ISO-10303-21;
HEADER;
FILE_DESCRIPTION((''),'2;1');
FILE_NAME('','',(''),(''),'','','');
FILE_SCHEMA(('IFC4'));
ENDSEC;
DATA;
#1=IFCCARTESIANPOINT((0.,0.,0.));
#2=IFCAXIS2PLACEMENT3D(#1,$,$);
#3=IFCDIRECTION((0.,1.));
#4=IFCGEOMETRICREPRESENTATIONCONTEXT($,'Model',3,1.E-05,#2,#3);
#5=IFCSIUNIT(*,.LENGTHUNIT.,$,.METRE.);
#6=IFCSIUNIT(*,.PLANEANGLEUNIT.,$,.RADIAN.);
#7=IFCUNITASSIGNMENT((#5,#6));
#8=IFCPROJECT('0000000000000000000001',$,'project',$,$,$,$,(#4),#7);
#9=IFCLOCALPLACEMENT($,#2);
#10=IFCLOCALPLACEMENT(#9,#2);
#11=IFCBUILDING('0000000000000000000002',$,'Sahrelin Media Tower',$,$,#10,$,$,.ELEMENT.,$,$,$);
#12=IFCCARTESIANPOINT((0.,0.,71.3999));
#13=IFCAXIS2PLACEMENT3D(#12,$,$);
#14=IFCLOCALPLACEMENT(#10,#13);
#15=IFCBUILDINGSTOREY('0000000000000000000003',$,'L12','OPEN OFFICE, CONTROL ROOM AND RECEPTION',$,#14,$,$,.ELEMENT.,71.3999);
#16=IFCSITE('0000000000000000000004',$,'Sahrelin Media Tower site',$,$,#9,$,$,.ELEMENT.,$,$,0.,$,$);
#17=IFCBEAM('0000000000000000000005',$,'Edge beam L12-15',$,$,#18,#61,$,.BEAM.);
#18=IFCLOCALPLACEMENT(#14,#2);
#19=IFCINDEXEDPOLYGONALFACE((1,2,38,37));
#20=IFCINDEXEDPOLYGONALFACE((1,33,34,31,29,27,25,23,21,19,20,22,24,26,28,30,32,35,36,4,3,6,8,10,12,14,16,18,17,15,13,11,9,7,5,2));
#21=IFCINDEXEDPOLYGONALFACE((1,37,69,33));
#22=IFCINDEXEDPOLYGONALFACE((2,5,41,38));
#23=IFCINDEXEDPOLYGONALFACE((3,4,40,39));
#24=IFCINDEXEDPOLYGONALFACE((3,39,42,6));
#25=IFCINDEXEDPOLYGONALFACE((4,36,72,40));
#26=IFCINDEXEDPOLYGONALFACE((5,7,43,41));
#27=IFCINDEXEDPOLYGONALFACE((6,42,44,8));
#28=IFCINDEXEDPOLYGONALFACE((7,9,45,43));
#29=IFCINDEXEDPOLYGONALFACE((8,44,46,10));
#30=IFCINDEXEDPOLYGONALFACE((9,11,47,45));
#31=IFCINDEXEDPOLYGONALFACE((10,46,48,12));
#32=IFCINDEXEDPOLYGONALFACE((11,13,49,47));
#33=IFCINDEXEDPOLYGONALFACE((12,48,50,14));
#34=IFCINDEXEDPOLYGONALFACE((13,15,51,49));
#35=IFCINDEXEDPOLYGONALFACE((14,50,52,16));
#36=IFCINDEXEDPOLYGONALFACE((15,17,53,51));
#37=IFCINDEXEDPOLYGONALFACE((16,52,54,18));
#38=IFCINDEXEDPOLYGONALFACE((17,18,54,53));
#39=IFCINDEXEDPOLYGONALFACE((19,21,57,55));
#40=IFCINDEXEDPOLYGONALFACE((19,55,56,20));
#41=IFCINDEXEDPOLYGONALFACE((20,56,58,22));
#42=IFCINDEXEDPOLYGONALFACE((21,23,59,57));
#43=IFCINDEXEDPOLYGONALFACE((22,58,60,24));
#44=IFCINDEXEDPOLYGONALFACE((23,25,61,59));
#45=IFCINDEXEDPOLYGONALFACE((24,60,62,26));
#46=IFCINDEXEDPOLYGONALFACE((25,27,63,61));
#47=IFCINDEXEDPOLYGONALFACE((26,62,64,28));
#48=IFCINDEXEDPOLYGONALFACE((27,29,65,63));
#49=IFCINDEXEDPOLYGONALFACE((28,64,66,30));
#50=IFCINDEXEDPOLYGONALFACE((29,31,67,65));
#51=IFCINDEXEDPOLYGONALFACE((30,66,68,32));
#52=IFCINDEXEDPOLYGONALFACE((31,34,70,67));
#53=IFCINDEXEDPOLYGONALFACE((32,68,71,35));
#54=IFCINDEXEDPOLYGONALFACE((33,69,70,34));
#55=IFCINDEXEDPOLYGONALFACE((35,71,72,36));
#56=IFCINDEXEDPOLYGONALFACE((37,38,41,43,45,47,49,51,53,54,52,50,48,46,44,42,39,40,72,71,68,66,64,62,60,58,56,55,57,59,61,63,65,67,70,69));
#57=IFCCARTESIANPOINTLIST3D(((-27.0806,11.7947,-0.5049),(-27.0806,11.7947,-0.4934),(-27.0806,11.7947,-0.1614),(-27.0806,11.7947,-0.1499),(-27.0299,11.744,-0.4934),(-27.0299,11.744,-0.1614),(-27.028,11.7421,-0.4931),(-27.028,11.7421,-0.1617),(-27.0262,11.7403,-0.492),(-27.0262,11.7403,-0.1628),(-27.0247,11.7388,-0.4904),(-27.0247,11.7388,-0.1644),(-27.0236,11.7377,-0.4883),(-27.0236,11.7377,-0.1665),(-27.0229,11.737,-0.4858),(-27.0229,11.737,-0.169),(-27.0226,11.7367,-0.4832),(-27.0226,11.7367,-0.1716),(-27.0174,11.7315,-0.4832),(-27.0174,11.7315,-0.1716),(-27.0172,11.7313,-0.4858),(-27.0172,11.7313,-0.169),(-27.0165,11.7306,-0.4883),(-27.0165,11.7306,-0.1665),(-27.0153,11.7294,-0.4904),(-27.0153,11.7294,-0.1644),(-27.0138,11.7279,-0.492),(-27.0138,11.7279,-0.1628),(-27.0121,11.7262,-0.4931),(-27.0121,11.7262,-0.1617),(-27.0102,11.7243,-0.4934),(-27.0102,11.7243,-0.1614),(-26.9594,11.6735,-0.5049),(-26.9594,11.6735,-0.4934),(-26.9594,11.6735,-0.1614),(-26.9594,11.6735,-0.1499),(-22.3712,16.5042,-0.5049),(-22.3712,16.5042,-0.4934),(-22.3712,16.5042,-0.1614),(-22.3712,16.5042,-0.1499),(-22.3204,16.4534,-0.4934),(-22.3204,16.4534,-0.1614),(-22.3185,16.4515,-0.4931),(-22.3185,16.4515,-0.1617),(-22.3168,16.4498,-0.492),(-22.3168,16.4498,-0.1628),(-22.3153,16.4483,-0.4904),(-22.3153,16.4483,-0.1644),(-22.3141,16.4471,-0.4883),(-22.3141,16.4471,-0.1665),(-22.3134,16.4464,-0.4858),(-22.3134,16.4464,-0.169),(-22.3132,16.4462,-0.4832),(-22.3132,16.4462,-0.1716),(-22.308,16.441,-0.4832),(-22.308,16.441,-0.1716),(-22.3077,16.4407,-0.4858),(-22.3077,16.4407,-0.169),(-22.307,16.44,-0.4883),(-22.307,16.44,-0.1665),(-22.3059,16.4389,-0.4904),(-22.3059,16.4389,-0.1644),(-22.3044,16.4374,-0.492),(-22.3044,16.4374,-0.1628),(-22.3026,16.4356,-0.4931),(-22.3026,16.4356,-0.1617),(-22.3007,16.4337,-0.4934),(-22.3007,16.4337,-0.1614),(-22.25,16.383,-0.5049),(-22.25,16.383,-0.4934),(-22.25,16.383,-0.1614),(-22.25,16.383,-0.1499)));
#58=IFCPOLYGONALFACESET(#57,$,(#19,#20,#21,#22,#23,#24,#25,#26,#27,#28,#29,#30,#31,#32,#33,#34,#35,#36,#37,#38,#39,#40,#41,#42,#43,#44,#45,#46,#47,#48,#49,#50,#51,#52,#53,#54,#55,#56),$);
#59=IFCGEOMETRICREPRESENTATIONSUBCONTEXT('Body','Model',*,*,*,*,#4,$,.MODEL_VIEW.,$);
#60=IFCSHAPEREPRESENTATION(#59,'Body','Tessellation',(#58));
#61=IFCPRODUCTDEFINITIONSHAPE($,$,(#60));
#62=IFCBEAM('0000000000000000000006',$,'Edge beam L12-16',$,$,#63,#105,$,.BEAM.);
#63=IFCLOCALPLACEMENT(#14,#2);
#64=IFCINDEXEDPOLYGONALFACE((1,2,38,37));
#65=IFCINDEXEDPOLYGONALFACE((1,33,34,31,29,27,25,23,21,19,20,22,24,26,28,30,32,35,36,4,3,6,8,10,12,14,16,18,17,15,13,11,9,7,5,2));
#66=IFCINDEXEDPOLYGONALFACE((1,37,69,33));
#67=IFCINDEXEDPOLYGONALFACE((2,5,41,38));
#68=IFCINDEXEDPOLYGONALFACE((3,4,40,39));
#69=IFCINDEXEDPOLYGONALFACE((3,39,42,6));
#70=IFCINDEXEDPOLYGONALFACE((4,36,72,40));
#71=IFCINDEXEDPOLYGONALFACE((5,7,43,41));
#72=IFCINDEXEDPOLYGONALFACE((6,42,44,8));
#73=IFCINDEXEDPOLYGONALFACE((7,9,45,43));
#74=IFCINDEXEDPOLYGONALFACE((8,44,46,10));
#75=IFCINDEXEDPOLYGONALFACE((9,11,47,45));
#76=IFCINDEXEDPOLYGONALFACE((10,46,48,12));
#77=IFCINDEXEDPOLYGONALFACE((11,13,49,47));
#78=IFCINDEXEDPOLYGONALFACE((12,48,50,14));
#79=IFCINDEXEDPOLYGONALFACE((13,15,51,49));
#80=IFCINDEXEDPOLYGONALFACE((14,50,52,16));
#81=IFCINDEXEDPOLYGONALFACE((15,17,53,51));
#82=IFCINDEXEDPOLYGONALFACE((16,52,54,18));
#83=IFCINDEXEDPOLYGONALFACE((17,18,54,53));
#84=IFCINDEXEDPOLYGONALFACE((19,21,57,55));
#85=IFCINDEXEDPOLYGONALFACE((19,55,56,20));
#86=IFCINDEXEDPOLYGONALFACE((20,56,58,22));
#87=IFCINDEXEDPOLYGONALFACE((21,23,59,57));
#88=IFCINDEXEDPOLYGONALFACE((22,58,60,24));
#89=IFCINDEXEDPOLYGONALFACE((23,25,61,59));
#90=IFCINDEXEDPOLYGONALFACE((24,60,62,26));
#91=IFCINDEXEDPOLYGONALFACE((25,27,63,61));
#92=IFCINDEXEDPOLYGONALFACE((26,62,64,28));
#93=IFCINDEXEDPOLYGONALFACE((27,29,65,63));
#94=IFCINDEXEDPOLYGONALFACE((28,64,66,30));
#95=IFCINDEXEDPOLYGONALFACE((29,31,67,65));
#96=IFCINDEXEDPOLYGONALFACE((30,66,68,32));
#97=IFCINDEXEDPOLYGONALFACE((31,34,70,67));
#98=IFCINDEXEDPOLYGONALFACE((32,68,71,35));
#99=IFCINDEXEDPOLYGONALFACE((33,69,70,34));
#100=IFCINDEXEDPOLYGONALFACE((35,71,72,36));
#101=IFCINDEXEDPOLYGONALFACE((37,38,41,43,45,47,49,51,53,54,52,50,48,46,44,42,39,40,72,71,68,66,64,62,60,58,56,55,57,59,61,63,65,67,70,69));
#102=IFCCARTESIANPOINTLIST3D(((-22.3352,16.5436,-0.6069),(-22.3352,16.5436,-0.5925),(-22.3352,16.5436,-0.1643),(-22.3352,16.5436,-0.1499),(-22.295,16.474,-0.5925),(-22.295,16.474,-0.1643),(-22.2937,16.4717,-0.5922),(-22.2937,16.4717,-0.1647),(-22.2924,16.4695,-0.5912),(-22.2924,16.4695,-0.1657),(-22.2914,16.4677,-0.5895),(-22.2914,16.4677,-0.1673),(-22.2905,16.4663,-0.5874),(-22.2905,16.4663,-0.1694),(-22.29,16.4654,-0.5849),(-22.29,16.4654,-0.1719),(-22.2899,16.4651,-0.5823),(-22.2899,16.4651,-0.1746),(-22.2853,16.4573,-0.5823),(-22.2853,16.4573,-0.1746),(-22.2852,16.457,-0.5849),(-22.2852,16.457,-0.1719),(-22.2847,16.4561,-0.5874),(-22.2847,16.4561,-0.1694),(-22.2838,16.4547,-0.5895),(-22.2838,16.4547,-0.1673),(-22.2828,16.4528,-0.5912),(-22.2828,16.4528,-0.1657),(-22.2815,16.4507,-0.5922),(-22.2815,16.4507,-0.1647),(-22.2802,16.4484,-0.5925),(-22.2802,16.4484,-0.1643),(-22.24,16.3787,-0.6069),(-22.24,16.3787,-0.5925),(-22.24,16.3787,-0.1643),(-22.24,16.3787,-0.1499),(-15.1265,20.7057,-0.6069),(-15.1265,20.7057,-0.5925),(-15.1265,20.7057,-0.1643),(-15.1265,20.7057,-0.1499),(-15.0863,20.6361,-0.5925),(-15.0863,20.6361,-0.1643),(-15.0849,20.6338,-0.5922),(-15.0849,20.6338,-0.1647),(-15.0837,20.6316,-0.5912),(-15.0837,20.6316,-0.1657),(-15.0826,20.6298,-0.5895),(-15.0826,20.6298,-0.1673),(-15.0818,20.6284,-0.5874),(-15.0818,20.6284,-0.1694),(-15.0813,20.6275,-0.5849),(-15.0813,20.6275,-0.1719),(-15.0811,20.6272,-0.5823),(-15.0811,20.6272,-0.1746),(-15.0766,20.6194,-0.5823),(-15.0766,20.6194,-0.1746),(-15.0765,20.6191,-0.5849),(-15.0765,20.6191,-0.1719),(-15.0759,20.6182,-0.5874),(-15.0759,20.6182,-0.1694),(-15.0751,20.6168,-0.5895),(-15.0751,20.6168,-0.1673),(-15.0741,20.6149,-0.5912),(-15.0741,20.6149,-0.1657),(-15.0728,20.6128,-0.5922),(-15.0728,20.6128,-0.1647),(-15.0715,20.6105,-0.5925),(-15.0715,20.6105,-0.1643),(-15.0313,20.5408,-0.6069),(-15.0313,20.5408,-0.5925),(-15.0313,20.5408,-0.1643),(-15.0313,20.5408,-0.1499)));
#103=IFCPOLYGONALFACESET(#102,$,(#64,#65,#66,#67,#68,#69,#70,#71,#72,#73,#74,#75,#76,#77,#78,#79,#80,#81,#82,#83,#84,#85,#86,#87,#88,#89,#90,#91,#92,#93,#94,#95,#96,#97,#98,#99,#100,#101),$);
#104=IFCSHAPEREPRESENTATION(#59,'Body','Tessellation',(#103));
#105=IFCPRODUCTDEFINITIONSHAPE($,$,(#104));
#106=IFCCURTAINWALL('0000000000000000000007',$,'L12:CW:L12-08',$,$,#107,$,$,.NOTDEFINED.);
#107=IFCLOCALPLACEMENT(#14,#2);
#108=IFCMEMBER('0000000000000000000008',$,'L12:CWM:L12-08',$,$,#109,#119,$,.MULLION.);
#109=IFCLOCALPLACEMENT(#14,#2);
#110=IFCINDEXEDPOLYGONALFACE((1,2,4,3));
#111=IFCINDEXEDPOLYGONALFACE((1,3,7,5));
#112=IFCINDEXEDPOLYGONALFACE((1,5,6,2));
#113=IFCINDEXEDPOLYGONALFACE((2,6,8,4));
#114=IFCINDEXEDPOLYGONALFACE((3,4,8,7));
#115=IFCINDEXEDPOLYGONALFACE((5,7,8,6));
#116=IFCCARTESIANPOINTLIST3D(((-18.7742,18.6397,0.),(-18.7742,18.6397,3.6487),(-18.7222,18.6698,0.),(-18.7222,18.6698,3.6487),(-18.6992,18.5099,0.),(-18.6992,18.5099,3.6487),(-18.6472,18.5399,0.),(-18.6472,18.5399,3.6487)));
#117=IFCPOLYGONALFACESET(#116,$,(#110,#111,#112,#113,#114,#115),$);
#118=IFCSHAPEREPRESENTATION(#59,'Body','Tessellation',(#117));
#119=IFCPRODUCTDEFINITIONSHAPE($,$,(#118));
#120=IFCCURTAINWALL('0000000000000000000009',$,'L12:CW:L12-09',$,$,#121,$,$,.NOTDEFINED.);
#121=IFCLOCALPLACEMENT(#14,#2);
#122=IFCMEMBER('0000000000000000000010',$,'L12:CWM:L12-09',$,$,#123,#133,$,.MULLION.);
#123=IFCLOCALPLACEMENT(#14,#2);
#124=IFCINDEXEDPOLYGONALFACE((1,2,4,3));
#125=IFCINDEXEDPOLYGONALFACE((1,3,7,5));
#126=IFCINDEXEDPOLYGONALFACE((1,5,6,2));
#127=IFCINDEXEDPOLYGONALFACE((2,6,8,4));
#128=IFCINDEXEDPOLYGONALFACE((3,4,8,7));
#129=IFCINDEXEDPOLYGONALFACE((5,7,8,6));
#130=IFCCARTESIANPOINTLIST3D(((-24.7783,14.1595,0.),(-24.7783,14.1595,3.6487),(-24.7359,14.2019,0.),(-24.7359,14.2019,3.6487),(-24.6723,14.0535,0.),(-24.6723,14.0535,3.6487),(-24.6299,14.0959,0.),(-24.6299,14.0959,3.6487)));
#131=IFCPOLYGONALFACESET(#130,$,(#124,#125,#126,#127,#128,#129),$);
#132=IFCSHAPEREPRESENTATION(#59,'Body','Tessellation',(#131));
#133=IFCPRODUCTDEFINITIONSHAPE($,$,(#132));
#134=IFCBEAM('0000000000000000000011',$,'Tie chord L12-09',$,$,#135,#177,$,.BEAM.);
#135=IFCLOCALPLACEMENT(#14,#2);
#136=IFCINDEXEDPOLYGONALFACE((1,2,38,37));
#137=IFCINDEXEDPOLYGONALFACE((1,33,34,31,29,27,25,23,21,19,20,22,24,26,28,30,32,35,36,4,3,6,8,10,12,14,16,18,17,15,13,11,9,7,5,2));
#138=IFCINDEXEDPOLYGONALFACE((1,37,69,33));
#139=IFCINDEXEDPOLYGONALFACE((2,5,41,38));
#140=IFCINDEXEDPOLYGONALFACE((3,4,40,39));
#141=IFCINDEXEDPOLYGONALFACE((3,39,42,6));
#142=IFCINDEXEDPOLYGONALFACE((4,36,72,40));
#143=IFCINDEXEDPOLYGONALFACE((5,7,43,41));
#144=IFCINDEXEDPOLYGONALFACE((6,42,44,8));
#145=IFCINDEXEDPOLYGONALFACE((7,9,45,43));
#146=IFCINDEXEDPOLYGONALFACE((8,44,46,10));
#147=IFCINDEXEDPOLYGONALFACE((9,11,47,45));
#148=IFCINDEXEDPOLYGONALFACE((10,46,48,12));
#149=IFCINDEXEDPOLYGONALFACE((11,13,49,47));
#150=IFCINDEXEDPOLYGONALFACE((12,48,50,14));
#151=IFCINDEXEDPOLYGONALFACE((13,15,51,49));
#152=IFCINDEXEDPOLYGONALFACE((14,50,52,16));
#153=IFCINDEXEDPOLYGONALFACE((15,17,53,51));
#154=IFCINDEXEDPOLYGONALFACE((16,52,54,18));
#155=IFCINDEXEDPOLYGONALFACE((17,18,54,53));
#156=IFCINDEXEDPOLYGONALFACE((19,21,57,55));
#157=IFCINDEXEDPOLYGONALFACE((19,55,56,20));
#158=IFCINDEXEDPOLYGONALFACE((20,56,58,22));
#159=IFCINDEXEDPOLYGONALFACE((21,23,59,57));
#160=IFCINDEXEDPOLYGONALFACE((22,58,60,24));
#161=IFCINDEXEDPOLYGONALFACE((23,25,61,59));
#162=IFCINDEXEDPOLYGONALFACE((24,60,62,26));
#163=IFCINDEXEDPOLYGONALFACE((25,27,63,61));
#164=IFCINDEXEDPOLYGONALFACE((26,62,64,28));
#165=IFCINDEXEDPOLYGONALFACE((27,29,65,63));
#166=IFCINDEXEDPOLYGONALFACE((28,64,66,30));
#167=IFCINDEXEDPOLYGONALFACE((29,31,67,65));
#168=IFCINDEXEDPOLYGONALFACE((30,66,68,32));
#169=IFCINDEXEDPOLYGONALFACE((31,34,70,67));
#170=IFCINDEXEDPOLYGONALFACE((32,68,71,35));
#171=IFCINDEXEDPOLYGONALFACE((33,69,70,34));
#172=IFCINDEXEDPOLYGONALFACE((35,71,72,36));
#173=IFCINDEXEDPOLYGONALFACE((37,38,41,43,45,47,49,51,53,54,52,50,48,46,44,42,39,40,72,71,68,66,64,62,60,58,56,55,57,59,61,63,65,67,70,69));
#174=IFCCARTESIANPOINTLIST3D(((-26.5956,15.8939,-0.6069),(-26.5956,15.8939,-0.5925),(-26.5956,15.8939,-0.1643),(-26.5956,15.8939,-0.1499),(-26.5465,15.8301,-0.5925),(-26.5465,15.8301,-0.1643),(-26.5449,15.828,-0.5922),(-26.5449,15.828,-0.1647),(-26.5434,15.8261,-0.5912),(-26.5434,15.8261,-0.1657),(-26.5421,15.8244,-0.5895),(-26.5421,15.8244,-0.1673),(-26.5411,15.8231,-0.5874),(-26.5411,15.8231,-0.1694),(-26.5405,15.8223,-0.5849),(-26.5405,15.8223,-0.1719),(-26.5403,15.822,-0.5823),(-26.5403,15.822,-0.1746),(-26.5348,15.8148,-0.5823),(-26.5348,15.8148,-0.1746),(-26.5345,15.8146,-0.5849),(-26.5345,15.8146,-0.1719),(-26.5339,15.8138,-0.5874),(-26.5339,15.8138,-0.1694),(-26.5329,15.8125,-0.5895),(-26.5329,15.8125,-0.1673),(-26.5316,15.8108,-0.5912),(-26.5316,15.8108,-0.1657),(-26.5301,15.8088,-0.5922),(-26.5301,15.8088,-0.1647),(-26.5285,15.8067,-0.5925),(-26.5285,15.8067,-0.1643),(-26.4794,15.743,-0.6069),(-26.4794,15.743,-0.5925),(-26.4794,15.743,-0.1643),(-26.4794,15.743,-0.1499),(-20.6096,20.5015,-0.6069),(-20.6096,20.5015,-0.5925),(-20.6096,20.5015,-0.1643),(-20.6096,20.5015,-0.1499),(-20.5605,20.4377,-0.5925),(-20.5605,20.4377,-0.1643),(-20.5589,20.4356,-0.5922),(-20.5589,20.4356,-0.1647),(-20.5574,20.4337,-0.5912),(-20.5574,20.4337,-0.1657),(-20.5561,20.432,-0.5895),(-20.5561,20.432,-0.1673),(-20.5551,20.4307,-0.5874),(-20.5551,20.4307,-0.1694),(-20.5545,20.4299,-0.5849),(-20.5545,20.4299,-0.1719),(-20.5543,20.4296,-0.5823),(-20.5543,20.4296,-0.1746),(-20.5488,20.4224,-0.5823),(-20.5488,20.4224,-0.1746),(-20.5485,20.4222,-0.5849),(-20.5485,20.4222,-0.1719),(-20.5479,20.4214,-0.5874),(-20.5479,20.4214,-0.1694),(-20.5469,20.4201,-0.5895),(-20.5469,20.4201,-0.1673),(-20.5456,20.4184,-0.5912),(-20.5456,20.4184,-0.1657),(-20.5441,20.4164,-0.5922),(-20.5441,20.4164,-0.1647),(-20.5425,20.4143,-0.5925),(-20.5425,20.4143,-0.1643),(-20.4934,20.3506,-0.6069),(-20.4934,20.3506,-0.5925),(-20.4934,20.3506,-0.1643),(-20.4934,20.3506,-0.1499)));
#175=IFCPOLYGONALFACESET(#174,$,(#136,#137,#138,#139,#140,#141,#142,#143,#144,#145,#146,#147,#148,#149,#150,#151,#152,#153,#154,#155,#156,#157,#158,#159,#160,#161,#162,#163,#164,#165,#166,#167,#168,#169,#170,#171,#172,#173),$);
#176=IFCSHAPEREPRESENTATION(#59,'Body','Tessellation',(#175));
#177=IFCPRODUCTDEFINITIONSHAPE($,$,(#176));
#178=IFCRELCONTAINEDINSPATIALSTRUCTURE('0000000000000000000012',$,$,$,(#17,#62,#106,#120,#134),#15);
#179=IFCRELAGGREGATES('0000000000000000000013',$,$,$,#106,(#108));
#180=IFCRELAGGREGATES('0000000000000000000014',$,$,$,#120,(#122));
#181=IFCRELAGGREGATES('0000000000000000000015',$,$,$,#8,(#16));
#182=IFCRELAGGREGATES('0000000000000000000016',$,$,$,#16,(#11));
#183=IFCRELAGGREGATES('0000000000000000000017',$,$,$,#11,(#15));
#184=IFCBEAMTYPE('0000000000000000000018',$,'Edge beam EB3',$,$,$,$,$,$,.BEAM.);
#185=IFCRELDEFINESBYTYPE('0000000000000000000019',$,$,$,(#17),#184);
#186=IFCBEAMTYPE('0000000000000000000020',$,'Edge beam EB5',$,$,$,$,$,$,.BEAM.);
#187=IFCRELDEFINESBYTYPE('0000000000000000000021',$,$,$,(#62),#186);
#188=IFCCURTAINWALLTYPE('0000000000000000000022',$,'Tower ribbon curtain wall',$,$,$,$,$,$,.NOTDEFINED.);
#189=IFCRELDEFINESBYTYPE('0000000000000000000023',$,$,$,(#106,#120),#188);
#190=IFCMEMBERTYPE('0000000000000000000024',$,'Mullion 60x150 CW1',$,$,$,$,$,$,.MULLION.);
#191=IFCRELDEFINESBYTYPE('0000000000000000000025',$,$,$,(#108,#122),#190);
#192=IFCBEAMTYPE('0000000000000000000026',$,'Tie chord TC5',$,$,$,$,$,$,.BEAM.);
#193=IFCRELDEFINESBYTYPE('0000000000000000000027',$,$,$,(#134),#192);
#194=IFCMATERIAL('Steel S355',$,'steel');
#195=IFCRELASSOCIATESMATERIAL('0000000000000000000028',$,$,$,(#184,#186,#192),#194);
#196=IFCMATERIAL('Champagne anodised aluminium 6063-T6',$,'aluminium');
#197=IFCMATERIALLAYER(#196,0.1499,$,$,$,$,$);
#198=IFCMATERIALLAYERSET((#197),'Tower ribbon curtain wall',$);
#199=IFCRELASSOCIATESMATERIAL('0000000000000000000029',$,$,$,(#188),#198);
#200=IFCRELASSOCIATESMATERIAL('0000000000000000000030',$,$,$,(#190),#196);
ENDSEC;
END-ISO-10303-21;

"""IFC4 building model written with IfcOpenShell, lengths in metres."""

from ifc_helpers import new_model, si_unit, direction, frame, origin, origin_2d, place, context, subcontext, project, spatial, rectangle, i_section, extrude, material, layer, layer_set, material_profile, profile_set, type_object, element, aggregate, save


model = new_model("IFC4")

# Units and contexts
model_context = context("Model", 3, precision=1e-05, world=origin(), true_north=direction((0.0, 1.0)))
body_context = subcontext(model_context, "Body", "Model", "MODEL_VIEW")
ifc_project = project(units=[si_unit("LENGTHUNIT", "METRE"), si_unit("PLANEANGLEUNIT", "RADIAN")], contexts=[model_context])

# Site, building, storey
site_placement = place(None, origin())
site = spatial("IfcSite", under=ifc_project, at=site_placement, Name="Sahrelin Media Tower site", CompositionType="ELEMENT", RefElevation=0.0)
building_placement = place(site_placement, origin())
building = spatial("IfcBuilding", under=site, at=building_placement, Name="Sahrelin Media Tower", CompositionType="ELEMENT")
storey_placement = place(building_placement, frame((0.0, 0.0, 71.3999)))
storey = spatial("IfcBuildingStorey", under=building, at=storey_placement, Name="L12", Description="OPEN OFFICE, CONTROL ROOM AND RECEPTION", CompositionType="ELEMENT", Elevation=71.3999)

# Beams
ifc_material_1 = material(Name="Steel S355", Category="steel")
ifc_material_profile_1 = material_profile(ifc_material_1, i_section(OverallWidth=0.1714, OverallDepth=0.355, WebThickness=0.0073, FlangeThickness=0.0115, FilletRadius=0.0103, at=origin_2d()), Name="UB 356x171x51")
ifc_profile_set_1 = profile_set([ifc_material_profile_1], Name="Steel S355")
beam_type_1 = type_object("IfcBeamType", Name="Edge beam EB3", PredefinedType="BEAM", material=ifc_profile_set_1)
beam_1_placement = place(storey_placement, frame((-27.02, 11.7341, -0.3274), z_axis=(0.707107, 0.707107, 0.0), x_axis=(-0.707107, 0.707107, 0.0)))
element("IfcBeam", 1, at=beam_1_placement, inside=storey, type_object=beam_type_1, Name="Edge beam L12-15", PredefinedType="BEAM", context=body_context, shape_type="SweptSolid", body=[
    extrude(i_section(OverallWidth=0.1714, OverallDepth=0.355, WebThickness=0.0073, FlangeThickness=0.0115, FilletRadius=0.0103, at=origin_2d()), origin(), (0.0, 0.0, 1.0), 6.6602),
])
ifc_material_profile_2 = material_profile(ifc_material_1, i_section(OverallWidth=0.1904, OverallDepth=0.457, WebThickness=0.009, FlangeThickness=0.0144, FilletRadius=0.0103, at=origin_2d()), Name="UB 457x191x74")
ifc_profile_set_2 = profile_set([ifc_material_profile_2], Name="Steel S355")
beam_type_2 = type_object("IfcBeamType", Name="Edge beam EB5", PredefinedType="BEAM", material=ifc_profile_set_2)
beam_2_placement = place(storey_placement, frame((-22.2876, 16.4612, -0.3784), z_axis=(0.866018, 0.500013, 0.0), x_axis=(-0.500013, 0.866018, 0.0)))
element("IfcBeam", 2, at=beam_2_placement, inside=storey, type_object=beam_type_2, Name="Edge beam L12-16", PredefinedType="BEAM", context=body_context, shape_type="SweptSolid", body=[
    extrude(i_section(OverallWidth=0.1904, OverallDepth=0.457, WebThickness=0.009, FlangeThickness=0.0144, FilletRadius=0.0103, at=origin_2d()), origin(), (0.0, 0.0, 1.0), 8.324),
])

# Curtain walls, members
ifc_material_2 = material(Name="Champagne anodised aluminium 6063-T6", Category="aluminium")
ifc_layer_1 = layer(ifc_material_2, 0.1499)
ifc_layer_set_1 = layer_set([ifc_layer_1], Name="Tower ribbon curtain wall")
curtain_wall_type = type_object("IfcCurtainWallType", Name="Tower ribbon curtain wall", PredefinedType="NOTDEFINED", material=ifc_layer_set_1)
curtain_wall_1_placement = place(storey_placement, frame((-18.7583, 18.6721, 0.0), z_axis=(0.0, 0.0, 1.0), x_axis=(1.0, 0.0, 0.0)))
curtain_wall_1 = element("IfcCurtainWall", 3, at=curtain_wall_1_placement, inside=storey, type_object=curtain_wall_type, Name="L12:CW:L12-08", PredefinedType="NOTDEFINED")
ifc_material_profile_3 = material_profile(ifc_material_2, rectangle(XDim=0.0601, YDim=0.1499, at=origin_2d()), Name="Mullion 60x150")
ifc_profile_set_3 = profile_set([ifc_material_profile_3], Name="Champagne anodised aluminium 6063-T6")
member_type_1 = type_object("IfcMemberType", Name="Mullion 60x150 CW1", PredefinedType="MULLION", material=ifc_profile_set_3)
member_1_placement = place(storey_placement, frame((-18.7107, 18.5898, 0.0), z_axis=(0.0, 0.0, 1.0), x_axis=(-0.866027, -0.499997, 0.0)))
member_1 = element("IfcMember", 4, at=member_1_placement, type_object=member_type_1, Name="L12:CWM:L12-08", PredefinedType="MULLION", context=body_context, shape_type="SweptSolid", body=[
    extrude(rectangle(XDim=0.0601, YDim=0.1499, at=origin_2d()), origin(), (0.0, 0.0, 1.0), 3.6487),
])
curtain_wall_2_placement = place(storey_placement, frame((-24.7712, 14.1948, 0.0), z_axis=(0.0, 0.0, 1.0), x_axis=(1.0, 0.0, 0.0)))
curtain_wall_2 = element("IfcCurtainWall", 5, at=curtain_wall_2_placement, inside=storey, type_object=curtain_wall_type, Name="L12:CW:L12-09", PredefinedType="NOTDEFINED")
member_2_placement = place(storey_placement, frame((-24.7041, 14.1277, 0.0), z_axis=(0.0, 0.0, 1.0), x_axis=(-0.707107, -0.707107, 0.0)))
member_2 = element("IfcMember", 6, at=member_2_placement, type_object=member_type_1, Name="L12:CWM:L12-09", PredefinedType="MULLION", context=body_context, shape_type="SweptSolid", body=[
    extrude(rectangle(XDim=0.0601, YDim=0.1499, at=origin_2d()), origin(), (0.0, 0.0, 1.0), 3.6487),
])

# Beam
ifc_material_profile_4 = material_profile(ifc_material_1, i_section(OverallWidth=0.1904, OverallDepth=0.457, WebThickness=0.009, FlangeThickness=0.0144, FilletRadius=0.0103, at=origin_2d()), Name="UB 457x191x74")
ifc_profile_set_4 = profile_set([ifc_material_profile_4], Name="Steel S355")
beam_type_3 = type_object("IfcBeamType", Name="Tie chord TC5", PredefinedType="BEAM", material=ifc_profile_set_4)
beam_3_placement = place(storey_placement, frame((-20.5515, 20.426, -0.3784), z_axis=(-0.792433, -0.609959, 0.0), x_axis=(0.609959, -0.792433, 0.0)))
element("IfcBeam", 7, at=beam_3_placement, inside=storey, type_object=beam_type_3, Name="Tie chord L12-09", PredefinedType="BEAM", context=body_context, shape_type="SweptSolid", body=[
    extrude(i_section(OverallWidth=0.1904, OverallDepth=0.457, WebThickness=0.009, FlangeThickness=0.0144, FilletRadius=0.0103, at=origin_2d()), origin(), (0.0, 0.0, 1.0), 7.554),
])

aggregate(curtain_wall_1, [member_1])
aggregate(curtain_wall_2, [member_2])

save(model, "model.ifc")
